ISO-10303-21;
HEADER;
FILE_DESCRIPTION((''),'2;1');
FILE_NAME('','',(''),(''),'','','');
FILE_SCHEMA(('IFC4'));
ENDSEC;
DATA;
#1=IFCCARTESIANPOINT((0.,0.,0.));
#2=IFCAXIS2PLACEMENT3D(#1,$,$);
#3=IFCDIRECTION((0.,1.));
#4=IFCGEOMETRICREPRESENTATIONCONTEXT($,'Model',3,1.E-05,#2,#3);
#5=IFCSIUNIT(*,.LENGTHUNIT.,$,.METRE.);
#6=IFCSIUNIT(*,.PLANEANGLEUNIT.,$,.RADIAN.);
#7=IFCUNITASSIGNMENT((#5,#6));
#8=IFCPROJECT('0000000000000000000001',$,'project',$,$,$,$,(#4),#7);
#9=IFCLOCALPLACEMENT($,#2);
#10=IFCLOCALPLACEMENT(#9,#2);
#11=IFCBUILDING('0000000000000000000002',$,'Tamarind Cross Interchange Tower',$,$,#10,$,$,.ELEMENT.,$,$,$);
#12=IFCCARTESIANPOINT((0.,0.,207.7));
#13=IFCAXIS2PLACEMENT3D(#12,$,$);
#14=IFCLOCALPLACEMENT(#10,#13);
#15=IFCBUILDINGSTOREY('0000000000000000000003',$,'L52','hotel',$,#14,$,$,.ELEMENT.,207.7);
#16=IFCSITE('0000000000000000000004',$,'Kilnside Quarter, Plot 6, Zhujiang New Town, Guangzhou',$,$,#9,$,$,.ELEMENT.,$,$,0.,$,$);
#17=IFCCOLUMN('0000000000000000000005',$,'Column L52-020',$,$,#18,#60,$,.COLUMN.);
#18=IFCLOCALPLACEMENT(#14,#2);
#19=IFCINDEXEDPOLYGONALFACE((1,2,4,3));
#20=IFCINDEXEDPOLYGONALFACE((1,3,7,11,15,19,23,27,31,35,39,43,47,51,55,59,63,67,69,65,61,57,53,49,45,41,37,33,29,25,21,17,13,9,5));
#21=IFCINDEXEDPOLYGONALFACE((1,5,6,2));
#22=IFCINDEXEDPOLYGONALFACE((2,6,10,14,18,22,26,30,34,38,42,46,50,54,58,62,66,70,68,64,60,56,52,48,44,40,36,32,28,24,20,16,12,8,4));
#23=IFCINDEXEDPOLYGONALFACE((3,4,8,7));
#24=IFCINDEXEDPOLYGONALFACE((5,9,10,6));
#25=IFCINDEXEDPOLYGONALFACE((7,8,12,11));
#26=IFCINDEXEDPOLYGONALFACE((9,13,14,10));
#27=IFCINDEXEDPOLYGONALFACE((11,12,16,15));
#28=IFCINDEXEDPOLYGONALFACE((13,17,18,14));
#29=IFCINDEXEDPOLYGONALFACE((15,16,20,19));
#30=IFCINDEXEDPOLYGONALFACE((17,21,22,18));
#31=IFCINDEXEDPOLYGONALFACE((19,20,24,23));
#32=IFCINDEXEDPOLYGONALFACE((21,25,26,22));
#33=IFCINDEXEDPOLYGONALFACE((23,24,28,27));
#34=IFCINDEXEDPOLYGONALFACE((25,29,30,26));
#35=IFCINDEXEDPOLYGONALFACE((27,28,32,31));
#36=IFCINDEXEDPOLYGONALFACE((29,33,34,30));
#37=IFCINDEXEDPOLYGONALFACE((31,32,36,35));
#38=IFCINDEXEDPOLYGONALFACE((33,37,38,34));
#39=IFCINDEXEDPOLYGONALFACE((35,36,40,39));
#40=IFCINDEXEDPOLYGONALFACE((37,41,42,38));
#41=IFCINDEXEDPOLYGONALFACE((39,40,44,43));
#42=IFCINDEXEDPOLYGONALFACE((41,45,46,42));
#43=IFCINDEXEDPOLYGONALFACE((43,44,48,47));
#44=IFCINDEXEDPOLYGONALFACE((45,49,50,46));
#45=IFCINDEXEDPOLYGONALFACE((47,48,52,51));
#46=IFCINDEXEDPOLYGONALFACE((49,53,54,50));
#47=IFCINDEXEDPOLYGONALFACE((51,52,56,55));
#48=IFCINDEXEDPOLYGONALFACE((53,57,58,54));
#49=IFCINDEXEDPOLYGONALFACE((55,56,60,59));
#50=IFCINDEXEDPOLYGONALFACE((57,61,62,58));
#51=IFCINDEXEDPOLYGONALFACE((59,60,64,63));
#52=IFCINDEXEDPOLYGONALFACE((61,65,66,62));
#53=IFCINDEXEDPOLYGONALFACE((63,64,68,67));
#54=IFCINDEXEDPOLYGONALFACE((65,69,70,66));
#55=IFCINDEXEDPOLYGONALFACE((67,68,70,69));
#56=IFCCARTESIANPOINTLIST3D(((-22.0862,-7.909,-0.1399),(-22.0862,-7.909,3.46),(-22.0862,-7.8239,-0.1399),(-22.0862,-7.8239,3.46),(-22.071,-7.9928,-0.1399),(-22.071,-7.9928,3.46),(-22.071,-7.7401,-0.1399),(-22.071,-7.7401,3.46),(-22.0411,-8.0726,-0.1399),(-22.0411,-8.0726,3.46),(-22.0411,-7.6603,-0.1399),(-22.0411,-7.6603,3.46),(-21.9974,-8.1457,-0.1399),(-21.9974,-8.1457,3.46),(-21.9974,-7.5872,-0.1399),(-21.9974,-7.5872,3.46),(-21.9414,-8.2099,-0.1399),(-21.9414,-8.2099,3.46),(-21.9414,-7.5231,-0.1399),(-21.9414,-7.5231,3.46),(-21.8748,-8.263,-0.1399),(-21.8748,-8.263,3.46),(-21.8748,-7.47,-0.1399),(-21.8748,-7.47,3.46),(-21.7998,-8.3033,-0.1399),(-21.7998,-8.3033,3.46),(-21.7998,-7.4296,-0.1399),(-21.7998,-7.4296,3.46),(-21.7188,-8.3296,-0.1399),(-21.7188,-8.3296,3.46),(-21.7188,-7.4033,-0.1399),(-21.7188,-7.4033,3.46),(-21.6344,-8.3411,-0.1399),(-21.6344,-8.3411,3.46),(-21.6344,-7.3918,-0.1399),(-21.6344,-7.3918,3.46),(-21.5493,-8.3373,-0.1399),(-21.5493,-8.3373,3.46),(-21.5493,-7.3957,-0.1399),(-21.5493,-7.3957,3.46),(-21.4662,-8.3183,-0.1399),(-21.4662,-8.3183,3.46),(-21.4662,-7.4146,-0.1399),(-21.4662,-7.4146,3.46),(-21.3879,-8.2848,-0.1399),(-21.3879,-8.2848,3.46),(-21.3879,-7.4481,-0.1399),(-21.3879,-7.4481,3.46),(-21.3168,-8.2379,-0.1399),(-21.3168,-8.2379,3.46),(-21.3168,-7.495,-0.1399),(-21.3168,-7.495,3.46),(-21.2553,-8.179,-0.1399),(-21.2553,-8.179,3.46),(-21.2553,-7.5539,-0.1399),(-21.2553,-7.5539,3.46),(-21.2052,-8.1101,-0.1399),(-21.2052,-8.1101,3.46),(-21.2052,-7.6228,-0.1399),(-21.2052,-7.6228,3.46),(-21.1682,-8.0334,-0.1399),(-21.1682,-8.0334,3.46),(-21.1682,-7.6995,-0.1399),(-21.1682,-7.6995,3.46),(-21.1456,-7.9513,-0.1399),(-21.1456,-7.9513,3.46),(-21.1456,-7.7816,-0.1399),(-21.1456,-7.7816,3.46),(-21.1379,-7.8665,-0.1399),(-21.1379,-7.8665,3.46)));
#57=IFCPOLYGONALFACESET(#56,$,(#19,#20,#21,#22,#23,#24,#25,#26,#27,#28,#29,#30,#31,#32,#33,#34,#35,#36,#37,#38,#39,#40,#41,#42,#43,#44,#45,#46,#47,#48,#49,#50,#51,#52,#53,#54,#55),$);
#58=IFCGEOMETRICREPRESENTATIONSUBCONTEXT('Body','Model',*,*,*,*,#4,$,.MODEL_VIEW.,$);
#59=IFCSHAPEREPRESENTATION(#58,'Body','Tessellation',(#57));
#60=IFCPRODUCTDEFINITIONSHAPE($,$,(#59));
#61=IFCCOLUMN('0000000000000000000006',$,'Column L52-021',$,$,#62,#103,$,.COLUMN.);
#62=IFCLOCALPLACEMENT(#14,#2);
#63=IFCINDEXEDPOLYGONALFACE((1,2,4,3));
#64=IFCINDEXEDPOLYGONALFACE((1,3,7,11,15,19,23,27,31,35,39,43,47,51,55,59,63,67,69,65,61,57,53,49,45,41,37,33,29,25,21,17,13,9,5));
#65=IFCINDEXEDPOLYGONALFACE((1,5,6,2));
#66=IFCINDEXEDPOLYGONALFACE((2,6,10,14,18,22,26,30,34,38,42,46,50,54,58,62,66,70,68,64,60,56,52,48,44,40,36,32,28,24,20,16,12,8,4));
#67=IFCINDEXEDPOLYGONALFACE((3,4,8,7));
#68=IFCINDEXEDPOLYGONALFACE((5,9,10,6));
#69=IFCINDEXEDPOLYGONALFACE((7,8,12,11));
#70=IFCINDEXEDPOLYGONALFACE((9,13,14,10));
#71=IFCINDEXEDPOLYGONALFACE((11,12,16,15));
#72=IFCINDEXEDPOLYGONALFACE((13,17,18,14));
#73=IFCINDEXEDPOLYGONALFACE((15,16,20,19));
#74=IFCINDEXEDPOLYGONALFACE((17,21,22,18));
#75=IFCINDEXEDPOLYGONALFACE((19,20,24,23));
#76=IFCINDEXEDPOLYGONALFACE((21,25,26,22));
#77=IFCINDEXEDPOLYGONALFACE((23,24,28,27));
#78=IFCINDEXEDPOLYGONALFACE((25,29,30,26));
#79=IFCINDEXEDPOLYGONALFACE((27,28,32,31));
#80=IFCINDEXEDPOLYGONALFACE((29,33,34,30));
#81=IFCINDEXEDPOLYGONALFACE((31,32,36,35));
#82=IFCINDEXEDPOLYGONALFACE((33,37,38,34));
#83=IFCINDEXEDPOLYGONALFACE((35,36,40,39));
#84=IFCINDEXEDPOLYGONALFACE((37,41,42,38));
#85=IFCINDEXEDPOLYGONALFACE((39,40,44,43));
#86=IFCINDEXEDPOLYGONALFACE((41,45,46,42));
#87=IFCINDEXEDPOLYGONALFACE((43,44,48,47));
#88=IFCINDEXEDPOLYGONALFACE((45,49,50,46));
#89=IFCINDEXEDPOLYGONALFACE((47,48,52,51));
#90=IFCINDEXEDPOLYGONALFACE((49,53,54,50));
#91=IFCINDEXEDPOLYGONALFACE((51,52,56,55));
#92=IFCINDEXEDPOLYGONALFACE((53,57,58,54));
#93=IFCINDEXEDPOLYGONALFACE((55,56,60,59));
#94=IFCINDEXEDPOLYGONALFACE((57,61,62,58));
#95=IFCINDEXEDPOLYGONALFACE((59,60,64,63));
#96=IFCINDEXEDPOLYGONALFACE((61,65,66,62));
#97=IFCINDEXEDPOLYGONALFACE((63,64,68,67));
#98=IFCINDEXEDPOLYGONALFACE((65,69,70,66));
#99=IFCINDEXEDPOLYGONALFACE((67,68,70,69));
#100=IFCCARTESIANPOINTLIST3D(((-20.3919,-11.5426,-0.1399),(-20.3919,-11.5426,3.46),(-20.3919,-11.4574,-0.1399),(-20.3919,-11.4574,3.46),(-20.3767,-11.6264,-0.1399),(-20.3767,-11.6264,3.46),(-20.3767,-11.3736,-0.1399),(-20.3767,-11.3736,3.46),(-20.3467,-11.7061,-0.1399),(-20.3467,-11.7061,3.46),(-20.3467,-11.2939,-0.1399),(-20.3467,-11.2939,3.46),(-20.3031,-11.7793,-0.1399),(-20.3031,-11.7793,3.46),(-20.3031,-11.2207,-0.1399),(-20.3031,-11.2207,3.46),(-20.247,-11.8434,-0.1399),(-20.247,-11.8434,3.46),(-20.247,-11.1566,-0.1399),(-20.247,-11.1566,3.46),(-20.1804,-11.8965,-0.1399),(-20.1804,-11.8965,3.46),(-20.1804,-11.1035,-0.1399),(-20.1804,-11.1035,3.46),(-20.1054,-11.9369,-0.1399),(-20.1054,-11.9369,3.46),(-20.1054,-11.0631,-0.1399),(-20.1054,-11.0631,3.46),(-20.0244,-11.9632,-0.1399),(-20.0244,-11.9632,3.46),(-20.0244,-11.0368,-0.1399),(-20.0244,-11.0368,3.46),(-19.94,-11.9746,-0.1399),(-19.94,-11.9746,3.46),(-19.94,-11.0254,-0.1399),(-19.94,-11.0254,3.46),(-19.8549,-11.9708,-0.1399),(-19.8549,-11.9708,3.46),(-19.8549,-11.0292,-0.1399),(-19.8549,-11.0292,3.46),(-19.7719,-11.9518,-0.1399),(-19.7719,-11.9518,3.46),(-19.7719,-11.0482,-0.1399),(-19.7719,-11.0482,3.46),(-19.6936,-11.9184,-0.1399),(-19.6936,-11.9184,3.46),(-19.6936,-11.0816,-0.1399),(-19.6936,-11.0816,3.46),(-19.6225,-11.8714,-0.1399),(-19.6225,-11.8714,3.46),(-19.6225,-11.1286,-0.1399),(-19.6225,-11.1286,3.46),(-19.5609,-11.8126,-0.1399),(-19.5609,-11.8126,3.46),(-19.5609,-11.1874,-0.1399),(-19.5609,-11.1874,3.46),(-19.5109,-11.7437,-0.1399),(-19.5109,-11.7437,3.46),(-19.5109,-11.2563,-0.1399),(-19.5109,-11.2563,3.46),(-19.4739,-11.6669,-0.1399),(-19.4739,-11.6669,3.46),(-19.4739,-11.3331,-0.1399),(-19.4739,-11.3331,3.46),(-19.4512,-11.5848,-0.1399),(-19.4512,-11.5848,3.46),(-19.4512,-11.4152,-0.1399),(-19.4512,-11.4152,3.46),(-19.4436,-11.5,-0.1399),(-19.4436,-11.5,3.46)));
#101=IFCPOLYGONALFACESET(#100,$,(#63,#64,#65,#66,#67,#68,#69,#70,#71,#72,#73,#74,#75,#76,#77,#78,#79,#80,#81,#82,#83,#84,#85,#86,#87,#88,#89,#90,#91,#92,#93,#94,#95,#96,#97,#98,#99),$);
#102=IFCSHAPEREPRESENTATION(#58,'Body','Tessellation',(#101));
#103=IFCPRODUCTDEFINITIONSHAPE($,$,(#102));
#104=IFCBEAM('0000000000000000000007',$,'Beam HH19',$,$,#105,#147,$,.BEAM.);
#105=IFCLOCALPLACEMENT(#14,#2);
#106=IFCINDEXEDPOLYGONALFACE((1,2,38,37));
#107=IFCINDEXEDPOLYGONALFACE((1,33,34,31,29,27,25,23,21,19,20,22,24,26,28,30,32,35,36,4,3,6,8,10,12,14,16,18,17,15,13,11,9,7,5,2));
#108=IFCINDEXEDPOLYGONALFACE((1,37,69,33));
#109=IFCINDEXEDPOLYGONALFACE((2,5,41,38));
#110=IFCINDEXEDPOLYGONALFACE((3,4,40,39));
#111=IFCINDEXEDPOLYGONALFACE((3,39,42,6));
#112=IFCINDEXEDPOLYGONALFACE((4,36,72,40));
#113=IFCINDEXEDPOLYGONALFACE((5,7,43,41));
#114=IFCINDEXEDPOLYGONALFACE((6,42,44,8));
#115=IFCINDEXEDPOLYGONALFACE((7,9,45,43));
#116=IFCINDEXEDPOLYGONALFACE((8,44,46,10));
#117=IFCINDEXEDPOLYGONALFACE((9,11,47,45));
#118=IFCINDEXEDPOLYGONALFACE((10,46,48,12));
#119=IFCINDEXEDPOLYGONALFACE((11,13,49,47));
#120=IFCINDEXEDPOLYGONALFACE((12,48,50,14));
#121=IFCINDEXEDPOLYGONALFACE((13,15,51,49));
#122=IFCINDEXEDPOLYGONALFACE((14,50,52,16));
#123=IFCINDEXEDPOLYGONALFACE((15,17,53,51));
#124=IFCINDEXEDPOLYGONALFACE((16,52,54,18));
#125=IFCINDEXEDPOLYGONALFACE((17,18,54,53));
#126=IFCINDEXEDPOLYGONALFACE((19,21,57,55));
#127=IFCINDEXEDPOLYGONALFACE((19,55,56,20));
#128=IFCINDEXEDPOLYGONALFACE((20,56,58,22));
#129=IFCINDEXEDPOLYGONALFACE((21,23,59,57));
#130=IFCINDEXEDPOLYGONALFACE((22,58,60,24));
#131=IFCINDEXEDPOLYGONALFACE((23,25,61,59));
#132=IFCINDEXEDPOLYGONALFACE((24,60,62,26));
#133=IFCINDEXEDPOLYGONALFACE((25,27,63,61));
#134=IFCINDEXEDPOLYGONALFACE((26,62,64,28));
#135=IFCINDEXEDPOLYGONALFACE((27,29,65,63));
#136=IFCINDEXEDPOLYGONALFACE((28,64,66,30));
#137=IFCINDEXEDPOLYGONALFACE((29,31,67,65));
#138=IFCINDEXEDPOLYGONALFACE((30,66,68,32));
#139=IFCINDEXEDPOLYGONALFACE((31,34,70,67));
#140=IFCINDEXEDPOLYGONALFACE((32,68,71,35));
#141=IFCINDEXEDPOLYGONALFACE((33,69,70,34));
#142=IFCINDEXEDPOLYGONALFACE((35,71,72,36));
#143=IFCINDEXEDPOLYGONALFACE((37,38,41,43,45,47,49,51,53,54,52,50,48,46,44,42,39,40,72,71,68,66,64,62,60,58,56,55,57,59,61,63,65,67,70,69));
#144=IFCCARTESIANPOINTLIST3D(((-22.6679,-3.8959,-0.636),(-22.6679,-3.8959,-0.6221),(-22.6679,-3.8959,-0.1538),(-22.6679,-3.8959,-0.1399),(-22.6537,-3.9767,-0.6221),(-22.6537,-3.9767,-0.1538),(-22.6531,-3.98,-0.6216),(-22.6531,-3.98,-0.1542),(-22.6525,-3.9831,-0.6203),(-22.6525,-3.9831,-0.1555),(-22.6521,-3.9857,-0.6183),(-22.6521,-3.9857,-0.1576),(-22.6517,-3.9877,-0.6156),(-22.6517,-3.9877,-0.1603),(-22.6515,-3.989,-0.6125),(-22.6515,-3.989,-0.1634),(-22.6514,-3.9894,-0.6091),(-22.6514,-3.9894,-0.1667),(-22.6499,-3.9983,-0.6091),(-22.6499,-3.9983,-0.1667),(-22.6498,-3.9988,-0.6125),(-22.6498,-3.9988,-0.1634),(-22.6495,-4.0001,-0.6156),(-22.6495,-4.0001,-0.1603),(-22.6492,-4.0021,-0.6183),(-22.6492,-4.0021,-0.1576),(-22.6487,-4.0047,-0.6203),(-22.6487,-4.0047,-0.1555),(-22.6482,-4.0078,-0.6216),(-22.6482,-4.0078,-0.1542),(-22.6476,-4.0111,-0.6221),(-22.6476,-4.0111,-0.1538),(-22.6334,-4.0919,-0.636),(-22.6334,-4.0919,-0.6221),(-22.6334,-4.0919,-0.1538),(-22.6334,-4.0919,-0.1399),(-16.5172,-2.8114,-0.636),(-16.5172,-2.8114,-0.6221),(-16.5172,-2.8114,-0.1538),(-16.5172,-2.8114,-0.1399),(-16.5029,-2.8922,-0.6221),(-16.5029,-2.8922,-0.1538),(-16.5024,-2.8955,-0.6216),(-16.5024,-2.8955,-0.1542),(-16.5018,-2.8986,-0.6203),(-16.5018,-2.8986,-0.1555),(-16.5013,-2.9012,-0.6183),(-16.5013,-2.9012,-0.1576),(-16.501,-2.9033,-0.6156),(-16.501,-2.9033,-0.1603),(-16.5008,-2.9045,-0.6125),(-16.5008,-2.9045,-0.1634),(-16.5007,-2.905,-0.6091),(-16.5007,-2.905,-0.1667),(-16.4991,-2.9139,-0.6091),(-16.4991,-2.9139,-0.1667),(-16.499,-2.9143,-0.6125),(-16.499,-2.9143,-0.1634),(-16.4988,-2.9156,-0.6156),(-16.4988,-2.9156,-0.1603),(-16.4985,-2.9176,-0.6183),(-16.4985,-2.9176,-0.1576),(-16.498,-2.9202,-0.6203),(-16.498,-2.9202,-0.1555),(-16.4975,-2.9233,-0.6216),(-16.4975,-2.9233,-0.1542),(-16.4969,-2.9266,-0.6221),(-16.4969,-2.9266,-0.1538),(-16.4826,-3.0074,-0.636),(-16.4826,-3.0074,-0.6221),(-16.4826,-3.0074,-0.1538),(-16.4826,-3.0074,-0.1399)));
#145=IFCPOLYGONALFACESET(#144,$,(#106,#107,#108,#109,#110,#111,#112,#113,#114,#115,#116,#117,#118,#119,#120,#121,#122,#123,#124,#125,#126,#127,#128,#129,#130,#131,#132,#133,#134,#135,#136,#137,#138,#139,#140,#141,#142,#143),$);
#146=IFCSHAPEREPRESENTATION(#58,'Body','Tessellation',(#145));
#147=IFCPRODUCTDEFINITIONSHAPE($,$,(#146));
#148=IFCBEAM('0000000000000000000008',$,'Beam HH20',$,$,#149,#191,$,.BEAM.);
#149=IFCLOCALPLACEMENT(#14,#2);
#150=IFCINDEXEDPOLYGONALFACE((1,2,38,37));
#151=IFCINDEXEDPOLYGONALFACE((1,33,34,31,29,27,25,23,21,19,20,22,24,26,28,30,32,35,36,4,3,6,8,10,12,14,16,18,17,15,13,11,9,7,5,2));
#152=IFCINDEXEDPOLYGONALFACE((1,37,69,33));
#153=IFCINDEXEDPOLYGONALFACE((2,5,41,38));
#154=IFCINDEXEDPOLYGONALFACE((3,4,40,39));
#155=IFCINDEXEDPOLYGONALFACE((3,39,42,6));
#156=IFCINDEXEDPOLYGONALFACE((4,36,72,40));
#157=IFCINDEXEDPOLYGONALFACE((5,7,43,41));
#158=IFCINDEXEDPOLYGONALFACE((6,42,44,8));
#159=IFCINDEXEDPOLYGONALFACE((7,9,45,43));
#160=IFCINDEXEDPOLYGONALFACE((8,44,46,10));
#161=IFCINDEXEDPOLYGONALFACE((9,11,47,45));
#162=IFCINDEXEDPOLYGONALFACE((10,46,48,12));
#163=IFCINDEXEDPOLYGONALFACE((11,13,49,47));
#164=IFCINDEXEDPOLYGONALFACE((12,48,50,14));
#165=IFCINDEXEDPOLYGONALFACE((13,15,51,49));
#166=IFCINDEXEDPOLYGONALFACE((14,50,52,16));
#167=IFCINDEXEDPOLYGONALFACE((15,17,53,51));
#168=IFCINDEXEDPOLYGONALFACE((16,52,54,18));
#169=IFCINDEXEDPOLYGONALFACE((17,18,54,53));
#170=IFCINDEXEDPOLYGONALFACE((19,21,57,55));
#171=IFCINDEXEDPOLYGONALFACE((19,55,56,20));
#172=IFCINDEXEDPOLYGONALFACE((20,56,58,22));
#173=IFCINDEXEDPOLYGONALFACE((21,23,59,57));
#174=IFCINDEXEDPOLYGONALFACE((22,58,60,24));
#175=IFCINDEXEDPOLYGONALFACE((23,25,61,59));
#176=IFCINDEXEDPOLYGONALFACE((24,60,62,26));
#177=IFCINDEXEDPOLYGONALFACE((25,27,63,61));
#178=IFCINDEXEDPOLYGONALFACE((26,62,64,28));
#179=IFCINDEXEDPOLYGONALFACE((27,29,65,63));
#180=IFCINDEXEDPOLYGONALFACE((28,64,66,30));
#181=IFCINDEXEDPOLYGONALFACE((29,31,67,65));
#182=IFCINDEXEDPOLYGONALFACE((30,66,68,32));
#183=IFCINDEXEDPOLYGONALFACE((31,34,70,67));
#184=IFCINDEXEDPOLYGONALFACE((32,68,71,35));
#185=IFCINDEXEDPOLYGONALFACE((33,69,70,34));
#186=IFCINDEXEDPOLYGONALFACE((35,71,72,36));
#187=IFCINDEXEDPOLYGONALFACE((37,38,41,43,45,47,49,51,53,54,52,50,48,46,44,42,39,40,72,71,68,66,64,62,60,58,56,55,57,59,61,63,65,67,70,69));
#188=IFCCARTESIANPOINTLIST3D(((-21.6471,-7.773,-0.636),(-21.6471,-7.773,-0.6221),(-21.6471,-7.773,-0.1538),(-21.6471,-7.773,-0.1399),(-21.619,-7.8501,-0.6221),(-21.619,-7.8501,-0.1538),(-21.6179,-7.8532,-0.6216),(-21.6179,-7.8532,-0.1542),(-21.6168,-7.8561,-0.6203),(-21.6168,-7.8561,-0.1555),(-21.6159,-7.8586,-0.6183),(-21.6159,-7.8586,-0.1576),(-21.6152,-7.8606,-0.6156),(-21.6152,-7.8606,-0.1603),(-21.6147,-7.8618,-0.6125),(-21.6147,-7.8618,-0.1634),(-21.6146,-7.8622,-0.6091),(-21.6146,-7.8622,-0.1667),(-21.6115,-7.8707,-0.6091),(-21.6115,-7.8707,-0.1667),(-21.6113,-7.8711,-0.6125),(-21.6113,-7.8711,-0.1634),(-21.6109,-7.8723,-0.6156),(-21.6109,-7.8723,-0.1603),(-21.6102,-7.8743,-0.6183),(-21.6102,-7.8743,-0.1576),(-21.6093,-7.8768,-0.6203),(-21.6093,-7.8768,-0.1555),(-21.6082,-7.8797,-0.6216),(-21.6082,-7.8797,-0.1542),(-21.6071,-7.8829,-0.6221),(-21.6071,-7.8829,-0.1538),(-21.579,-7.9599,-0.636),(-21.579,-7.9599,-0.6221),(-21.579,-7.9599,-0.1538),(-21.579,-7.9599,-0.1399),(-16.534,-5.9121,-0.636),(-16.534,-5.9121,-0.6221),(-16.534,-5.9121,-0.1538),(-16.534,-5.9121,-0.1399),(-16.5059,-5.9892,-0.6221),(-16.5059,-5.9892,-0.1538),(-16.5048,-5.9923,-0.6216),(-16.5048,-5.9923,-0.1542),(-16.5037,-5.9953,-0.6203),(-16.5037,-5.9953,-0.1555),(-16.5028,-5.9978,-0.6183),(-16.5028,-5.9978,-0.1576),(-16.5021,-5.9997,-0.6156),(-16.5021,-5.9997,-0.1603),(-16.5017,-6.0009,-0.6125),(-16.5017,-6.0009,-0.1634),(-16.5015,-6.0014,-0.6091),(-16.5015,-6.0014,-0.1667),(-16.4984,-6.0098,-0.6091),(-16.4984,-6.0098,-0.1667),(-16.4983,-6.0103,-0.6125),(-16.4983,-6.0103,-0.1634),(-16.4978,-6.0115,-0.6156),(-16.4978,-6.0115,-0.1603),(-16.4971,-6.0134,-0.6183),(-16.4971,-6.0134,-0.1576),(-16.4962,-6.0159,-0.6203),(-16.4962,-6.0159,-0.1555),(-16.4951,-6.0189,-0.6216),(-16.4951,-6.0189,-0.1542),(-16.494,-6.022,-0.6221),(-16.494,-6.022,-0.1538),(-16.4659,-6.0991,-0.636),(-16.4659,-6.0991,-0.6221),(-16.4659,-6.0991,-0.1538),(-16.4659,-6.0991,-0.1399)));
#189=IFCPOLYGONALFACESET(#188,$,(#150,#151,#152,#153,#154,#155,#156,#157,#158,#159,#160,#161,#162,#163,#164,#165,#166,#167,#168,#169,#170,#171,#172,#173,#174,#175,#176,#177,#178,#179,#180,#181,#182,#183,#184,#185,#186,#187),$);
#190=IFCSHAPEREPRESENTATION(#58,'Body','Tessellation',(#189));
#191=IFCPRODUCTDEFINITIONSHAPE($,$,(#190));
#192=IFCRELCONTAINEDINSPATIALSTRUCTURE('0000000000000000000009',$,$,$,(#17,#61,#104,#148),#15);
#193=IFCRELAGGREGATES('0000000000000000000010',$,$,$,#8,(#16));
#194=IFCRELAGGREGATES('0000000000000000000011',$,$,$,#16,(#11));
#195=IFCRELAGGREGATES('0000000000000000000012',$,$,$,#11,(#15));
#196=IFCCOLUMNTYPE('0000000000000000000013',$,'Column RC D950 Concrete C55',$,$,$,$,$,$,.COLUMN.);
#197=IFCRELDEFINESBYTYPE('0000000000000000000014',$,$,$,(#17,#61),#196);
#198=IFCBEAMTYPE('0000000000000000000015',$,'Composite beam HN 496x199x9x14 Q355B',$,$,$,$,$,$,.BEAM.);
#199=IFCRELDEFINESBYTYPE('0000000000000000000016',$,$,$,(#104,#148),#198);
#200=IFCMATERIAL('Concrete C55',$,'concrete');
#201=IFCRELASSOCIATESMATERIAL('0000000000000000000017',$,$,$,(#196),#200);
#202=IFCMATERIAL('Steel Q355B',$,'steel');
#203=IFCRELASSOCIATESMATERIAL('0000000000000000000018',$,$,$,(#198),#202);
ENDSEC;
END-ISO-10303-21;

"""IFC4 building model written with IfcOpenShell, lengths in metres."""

from ifc_helpers import new_model, si_unit, direction, frame, origin, origin_2d, place, context, subcontext, project, spatial, circle, i_section, extrude, material, material_profile, profile_set, type_object, element, save


model = new_model("IFC4")

# Units and contexts
model_context = context("Model", 3, precision=1e-05, world=origin(), true_north=direction((0.0, 1.0)))
body_context = subcontext(model_context, "Body", "Model", "MODEL_VIEW")
ifc_project = project(units=[si_unit("LENGTHUNIT", "METRE"), si_unit("PLANEANGLEUNIT", "RADIAN")], contexts=[model_context])

# Site, building, storey
site_placement = place(None, origin())
site = spatial("IfcSite", under=ifc_project, at=site_placement, Name="Kilnside Quarter, Plot 6, Zhujiang New Town, Guangzhou", CompositionType="ELEMENT", RefElevation=0.0)
building_placement = place(site_placement, origin())
building = spatial("IfcBuilding", under=site, at=building_placement, Name="Tamarind Cross Interchange Tower", CompositionType="ELEMENT")
storey_placement = place(building_placement, frame((0.0, 0.0, 207.7)))
storey = spatial("IfcBuildingStorey", under=building, at=storey_placement, Name="L52", Description="hotel", CompositionType="ELEMENT", Elevation=207.7)

# Columns
ifc_material_1 = material(Name="Concrete C55", Category="concrete")
ifc_material_profile_1 = material_profile(ifc_material_1, circle(Radius=0.4751, at=origin_2d()), Name="RC D950")
ifc_profile_set_1 = profile_set([ifc_material_profile_1], Name="Concrete C55")
column_type = type_object("IfcColumnType", Name="Column RC D950 Concrete C55", PredefinedType="COLUMN", material=ifc_profile_set_1)
for number, where, z_axis, x_axis, name in (
    (1, (-21.613, -7.8665, -0.1399), (0.0, 0.0, 1.0), (1.0, 0.0, 0.0), "Column L52-020"),
    (2, (-19.9187, -11.5, -0.1399), (0.0, 0.0, 1.0), (1.0, 0.0, 0.0), "Column L52-021"),
):
    element("IfcColumn", number, at=place(storey_placement, frame(where, z_axis=z_axis, x_axis=x_axis)), inside=storey, type_object=column_type, Name=name, PredefinedType="COLUMN", context=body_context, shape_type="SweptSolid", body=[
        extrude(circle(Radius=0.4751, at=origin_2d()), origin(), (0.0, 0.0, 1.0), 3.5999),
    ])

# Beams
ifc_material_2 = material(Name="Steel Q355B", Category="steel")
ifc_material_profile_2 = material_profile(ifc_material_2, i_section(OverallWidth=0.199, OverallDepth=0.4961, WebThickness=0.009, FlangeThickness=0.0139, FilletRadius=0.0129, at=origin_2d()), Name="HN 496x199x9x14")
ifc_profile_set_2 = profile_set([ifc_material_profile_2], Name="Steel Q355B")
beam_type = type_object("IfcBeamType", Name="Composite beam HN 496x199x9x14 Q355B", PredefinedType="BEAM", material=ifc_profile_set_2)
beam_1_placement = place(storey_placement, frame((-22.6506, -3.9939, -0.3879), z_axis=(0.984809, 0.17364, 0.0), x_axis=(-0.17364, 0.984809, 0.0)))
element("IfcBeam", 3, at=beam_1_placement, inside=storey, type_object=beam_type, Name="Beam HH19", PredefinedType="BEAM", context=body_context, shape_type="SweptSolid", body=[
    extrude(i_section(OverallWidth=0.199, OverallDepth=0.4961, WebThickness=0.009, FlangeThickness=0.0139, FilletRadius=0.0129, at=origin_2d()), origin(), (0.0, 0.0, 1.0), 6.2456),
])
beam_2_placement = place(storey_placement, frame((-21.613, -7.8665, -0.3879), z_axis=(0.939702, 0.341995, 0.0), x_axis=(-0.341995, 0.939702, 0.0)))
element("IfcBeam", 4, at=beam_2_placement, inside=storey, type_object=beam_type, Name="Beam HH20", PredefinedType="BEAM", context=body_context, shape_type="SweptSolid", body=[
    extrude(i_section(OverallWidth=0.199, OverallDepth=0.4961, WebThickness=0.009, FlangeThickness=0.0139, FilletRadius=0.0129, at=origin_2d()), origin(), (0.0, 0.0, 1.0), 5.4412),
])

save(model, "model.ifc")
